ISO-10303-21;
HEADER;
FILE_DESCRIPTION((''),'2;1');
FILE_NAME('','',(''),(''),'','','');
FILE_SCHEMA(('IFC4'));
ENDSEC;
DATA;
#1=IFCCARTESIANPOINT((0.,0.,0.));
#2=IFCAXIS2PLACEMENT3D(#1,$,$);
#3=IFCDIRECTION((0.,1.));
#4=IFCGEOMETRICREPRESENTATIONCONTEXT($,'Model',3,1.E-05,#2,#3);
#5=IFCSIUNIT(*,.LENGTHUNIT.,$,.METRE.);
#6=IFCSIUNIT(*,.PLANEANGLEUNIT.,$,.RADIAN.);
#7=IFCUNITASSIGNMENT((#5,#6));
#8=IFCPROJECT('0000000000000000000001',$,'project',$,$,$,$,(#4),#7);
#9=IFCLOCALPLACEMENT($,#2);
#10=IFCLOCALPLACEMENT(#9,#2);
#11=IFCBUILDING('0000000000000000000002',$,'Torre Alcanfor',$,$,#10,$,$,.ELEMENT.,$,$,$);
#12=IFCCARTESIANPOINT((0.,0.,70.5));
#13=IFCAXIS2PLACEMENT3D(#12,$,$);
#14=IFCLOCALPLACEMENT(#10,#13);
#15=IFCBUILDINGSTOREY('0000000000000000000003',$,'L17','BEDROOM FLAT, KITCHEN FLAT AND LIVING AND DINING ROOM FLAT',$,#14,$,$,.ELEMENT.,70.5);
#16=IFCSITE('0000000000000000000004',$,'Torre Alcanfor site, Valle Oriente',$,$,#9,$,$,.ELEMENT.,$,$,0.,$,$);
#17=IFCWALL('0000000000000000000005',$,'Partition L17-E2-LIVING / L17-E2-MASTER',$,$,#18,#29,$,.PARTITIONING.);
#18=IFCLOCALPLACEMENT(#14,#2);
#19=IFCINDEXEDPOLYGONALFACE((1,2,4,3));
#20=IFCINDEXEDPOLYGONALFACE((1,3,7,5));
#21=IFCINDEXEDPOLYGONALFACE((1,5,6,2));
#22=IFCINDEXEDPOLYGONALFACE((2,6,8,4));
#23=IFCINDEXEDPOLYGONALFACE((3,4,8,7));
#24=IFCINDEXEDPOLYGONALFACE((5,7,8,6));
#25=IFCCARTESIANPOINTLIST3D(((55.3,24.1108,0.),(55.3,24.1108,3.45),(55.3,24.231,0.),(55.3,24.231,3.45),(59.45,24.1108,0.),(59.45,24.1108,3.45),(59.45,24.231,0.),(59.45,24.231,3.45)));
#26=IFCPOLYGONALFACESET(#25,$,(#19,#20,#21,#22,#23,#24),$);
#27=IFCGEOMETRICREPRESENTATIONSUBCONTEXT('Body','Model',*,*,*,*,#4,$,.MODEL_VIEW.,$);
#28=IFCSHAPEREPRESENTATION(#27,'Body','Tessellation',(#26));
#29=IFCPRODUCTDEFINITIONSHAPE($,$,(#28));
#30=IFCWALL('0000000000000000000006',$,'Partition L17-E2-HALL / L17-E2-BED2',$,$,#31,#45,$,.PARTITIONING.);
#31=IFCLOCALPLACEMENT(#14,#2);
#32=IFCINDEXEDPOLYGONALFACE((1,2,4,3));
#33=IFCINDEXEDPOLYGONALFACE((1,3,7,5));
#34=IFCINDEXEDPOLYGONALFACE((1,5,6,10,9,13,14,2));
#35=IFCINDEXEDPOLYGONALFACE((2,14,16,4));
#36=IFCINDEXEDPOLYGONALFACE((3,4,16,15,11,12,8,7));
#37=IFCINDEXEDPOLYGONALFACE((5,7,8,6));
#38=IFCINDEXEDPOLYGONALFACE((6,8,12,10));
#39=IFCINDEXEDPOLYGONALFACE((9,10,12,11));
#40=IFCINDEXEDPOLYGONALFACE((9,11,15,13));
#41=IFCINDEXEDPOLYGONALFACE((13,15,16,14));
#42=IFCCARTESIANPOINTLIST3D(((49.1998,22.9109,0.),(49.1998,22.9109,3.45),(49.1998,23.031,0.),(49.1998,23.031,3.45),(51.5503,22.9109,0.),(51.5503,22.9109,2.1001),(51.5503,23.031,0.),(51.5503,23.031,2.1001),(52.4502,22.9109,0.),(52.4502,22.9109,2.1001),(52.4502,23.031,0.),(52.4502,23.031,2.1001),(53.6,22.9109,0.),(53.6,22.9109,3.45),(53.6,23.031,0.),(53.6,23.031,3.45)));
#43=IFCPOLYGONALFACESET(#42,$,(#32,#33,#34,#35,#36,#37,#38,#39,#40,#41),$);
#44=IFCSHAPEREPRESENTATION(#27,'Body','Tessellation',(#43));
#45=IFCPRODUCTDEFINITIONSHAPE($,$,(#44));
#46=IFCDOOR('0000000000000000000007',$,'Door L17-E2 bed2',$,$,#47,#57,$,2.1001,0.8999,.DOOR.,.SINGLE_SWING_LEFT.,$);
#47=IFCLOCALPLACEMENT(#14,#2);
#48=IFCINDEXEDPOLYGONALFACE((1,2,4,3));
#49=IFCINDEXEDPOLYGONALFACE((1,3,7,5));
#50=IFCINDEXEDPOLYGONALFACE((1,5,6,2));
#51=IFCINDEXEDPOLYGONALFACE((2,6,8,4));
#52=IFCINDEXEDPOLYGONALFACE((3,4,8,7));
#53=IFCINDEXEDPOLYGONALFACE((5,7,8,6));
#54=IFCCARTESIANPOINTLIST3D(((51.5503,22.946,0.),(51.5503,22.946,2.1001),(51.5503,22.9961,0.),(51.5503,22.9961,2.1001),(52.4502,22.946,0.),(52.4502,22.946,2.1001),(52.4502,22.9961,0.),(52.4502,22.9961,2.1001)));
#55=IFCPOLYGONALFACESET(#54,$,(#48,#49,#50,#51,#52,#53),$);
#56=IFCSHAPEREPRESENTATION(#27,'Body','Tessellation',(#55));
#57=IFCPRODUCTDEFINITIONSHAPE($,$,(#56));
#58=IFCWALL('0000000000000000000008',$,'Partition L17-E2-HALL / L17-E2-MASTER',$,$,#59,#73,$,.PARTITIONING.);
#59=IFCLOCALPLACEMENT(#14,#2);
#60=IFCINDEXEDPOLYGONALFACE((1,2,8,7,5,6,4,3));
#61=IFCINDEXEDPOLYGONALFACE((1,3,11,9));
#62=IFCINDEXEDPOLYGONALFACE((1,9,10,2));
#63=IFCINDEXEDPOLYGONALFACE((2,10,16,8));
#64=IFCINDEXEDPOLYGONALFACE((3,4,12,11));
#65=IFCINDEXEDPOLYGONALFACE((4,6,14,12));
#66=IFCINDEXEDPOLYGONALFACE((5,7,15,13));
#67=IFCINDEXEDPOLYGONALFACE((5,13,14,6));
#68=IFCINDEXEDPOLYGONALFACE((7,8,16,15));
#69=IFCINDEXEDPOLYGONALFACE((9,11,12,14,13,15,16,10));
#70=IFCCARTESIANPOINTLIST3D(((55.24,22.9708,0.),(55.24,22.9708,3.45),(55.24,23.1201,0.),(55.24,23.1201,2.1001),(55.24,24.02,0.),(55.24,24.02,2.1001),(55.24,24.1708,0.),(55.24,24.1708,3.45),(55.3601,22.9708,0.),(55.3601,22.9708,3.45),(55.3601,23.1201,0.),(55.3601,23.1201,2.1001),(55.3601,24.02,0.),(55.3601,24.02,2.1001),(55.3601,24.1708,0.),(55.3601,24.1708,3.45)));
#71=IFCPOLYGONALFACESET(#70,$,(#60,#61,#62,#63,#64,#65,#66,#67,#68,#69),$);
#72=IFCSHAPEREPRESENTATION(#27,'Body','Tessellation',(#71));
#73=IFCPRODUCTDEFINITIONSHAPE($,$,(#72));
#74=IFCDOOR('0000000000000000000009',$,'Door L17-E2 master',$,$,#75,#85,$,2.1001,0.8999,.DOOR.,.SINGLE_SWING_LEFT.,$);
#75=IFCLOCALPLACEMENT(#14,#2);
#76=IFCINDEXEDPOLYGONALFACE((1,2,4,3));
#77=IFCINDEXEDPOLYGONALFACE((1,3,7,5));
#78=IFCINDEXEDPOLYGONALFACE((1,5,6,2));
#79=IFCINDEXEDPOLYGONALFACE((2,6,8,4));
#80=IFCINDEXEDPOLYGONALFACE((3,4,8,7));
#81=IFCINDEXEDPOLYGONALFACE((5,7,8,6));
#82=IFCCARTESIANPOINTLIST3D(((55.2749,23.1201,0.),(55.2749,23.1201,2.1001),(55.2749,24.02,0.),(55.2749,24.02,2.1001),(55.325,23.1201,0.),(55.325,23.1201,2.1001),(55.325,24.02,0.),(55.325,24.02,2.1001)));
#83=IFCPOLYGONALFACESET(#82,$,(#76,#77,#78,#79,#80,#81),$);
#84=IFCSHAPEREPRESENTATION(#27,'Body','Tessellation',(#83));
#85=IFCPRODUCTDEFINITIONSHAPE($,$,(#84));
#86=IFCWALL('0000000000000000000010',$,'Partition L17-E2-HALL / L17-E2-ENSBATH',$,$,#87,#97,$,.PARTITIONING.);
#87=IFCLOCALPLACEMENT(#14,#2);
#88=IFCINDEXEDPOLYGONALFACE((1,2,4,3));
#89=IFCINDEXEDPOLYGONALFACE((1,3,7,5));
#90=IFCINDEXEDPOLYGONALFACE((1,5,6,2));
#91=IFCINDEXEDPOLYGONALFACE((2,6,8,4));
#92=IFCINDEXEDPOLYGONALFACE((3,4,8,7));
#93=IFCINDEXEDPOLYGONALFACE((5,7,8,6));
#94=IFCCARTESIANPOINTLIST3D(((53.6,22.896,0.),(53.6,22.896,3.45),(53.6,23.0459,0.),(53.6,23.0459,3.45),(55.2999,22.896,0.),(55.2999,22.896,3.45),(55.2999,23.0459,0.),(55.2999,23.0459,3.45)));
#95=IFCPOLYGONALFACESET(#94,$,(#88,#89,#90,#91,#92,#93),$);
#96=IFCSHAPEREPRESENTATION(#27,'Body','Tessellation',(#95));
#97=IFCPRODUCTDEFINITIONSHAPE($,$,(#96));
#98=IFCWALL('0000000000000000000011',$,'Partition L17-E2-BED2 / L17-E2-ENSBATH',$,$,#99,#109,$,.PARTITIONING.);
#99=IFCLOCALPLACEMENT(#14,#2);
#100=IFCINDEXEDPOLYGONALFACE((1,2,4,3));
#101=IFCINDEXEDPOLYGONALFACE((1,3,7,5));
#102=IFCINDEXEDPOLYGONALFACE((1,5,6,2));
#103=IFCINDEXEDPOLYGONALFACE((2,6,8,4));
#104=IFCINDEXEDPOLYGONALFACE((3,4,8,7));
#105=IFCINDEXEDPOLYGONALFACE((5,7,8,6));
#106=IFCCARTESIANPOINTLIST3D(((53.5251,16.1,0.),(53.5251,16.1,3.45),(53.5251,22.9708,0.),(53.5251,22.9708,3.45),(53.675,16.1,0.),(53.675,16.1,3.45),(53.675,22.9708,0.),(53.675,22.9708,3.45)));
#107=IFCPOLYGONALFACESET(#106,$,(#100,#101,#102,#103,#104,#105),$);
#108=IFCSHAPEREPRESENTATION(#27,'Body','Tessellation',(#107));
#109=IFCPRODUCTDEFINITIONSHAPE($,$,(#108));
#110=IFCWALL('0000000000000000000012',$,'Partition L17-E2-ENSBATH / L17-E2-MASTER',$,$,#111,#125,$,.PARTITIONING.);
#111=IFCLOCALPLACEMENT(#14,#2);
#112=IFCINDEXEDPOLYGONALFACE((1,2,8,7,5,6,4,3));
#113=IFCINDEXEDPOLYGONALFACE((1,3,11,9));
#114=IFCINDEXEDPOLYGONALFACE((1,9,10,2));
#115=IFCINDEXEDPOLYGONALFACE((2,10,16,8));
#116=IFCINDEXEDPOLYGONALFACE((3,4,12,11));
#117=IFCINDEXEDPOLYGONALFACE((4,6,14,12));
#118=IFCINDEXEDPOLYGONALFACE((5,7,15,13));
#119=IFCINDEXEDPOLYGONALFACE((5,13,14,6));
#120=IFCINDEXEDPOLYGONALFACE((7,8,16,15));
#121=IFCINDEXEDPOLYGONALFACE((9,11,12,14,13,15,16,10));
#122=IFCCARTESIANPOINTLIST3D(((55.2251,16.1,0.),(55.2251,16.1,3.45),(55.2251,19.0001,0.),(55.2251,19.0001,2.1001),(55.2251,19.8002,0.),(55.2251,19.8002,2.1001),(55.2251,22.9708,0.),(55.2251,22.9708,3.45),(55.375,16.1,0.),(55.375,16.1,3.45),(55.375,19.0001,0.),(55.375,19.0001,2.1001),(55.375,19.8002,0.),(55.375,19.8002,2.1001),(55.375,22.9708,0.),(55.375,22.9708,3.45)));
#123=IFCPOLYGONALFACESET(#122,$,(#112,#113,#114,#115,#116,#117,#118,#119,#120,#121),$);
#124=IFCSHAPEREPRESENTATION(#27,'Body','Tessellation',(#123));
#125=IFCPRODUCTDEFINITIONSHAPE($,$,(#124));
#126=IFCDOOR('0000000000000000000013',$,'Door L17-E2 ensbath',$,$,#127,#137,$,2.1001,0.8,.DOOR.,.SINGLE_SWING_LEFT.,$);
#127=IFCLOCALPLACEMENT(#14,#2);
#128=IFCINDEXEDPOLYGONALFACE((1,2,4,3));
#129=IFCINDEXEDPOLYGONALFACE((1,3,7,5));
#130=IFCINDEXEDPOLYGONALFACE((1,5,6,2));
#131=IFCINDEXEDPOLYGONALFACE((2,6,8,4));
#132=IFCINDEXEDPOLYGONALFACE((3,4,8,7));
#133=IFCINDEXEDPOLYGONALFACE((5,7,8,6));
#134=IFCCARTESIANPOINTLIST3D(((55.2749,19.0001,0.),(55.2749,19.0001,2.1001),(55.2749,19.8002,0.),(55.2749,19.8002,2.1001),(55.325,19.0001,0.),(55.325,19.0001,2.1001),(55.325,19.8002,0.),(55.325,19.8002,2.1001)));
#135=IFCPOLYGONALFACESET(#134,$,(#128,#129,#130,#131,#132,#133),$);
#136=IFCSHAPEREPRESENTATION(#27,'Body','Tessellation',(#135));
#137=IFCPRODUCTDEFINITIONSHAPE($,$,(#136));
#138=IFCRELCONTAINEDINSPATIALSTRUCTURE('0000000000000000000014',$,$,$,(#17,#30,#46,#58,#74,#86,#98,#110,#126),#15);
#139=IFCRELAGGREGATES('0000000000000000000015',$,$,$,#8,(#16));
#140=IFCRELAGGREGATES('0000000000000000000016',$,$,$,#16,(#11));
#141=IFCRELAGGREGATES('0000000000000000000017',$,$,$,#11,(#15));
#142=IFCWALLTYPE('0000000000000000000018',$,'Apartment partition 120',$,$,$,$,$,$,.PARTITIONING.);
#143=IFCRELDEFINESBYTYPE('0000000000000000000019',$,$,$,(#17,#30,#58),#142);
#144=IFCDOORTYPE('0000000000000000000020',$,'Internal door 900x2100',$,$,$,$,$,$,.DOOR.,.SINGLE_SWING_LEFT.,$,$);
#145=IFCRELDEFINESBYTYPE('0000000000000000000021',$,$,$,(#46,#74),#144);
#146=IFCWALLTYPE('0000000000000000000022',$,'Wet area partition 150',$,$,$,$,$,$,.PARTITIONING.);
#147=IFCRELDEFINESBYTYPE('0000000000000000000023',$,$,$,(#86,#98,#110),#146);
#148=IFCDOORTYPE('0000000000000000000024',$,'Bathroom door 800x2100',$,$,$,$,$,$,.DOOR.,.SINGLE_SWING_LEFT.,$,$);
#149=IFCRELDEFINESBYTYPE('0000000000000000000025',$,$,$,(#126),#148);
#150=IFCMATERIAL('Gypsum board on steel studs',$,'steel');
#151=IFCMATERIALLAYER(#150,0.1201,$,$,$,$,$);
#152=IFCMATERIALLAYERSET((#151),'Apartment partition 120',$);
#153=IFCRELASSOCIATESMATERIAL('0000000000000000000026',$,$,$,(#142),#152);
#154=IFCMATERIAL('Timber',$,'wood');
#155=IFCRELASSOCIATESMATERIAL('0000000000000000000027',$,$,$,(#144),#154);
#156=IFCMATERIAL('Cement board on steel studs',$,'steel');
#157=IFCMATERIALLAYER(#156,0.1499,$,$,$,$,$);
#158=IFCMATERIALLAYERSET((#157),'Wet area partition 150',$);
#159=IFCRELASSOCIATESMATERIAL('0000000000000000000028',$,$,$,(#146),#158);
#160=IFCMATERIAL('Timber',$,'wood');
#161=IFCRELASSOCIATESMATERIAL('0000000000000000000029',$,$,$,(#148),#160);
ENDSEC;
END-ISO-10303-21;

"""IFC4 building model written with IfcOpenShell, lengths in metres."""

from ifc_helpers import new_model, si_unit, direction, frame, frame_2d, origin, place, context, subcontext, project, spatial, rectangle, extrude, material, layer, layer_set, type_object, element, fill, save


model = new_model("IFC4")

# Units and contexts
model_context = context("Model", 3, precision=1e-05, world=origin(), true_north=direction((0.0, 1.0)))
body_context = subcontext(model_context, "Body", "Model", "MODEL_VIEW")
ifc_project = project(units=[si_unit("LENGTHUNIT", "METRE"), si_unit("PLANEANGLEUNIT", "RADIAN")], contexts=[model_context])

# Site, building, storey
site_placement = place(None, origin())
site = spatial("IfcSite", under=ifc_project, at=site_placement, Name="Torre Alcanfor site, Valle Oriente", CompositionType="ELEMENT", RefElevation=0.0)
building_placement = place(site_placement, origin())
building = spatial("IfcBuilding", under=site, at=building_placement, Name="Torre Alcanfor", CompositionType="ELEMENT")
storey_placement = place(building_placement, frame((0.0, 0.0, 70.5)))
storey = spatial("IfcBuildingStorey", under=building, at=storey_placement, Name="L17", Description="BEDROOM FLAT, KITCHEN FLAT AND LIVING AND DINING ROOM FLAT", CompositionType="ELEMENT", Elevation=70.5)

# Shared definitions
ifc_material_1 = material(Name="Gypsum board on steel studs", Category="steel")
ifc_layer_1 = layer(ifc_material_1, 0.1201)
ifc_layer_set_1 = layer_set([ifc_layer_1], Name="Apartment partition 120")
wall_type_1 = type_object("IfcWallType", Name="Apartment partition 120", PredefinedType="PARTITIONING", material=ifc_layer_set_1)

# Shared definitions
ifc_material_2 = material(Name="Timber", Category="wood")
door_type_1 = type_object("IfcDoorType", Name="Internal door 900x2100", OperationType="SINGLE_SWING_LEFT", PredefinedType="DOOR", material=ifc_material_2)

# Wall
wall_1_placement = place(storey_placement, frame((59.45, 24.1709, 0.0), z_axis=(0.0, 0.0, 1.0), x_axis=(-1.0, 0.0, 0.0)))
element("IfcWall", 1, at=wall_1_placement, inside=storey, type_object=wall_type_1, Name="Partition L17-E2-LIVING / L17-E2-MASTER", PredefinedType="PARTITIONING", context=body_context, shape_type="SweptSolid", body=[
    extrude(rectangle(XDim=4.1499, YDim=0.1201, at=frame_2d((2.075, 0.0))), origin(), (0.0, 0.0, 1.0), 3.45),
])

# Walls, openings, doors
wall_2_placement = place(storey_placement, frame((53.6001, 22.9709, 0.0), z_axis=(0.0, 0.0, 1.0), x_axis=(-1.0, 0.0, 0.0)))
wall_2 = element("IfcWall", 2, at=wall_2_placement, inside=storey, type_object=wall_type_1, Name="Partition L17-E2-HALL / L17-E2-BED2", PredefinedType="PARTITIONING", context=body_context, shape_type="SweptSolid", body=[
    extrude(rectangle(XDim=4.4001, YDim=0.1201, at=frame_2d((2.2002, 0.0))), origin(), (0.0, 0.0, 1.0), 3.45),
])
opening_1_placement = place(wall_2_placement, frame((1.1499, 0.0, 0.0)))
opening_1 = element("IfcOpeningElement", 3, at=opening_1_placement, cuts=wall_2, PredefinedType="OPENING", context=body_context, shape_type="SweptSolid", body=[
    extrude(rectangle(XDim=0.8999, YDim=2.1001, at=frame_2d((0.45, 1.05))), frame((0.0, 0.0701, 0.0), z_axis=(0.0, -1.0, 0.0), x_axis=(1.0, 0.0, 0.0)), (0.0, 0.0, 1.0), 0.1401),
])
door_1_placement = place(opening_1_placement, origin())
door_1 = element("IfcDoor", 4, at=door_1_placement, inside=storey, type_object=door_type_1, Name="Door L17-E2 bed2", OperationType="SINGLE_SWING_LEFT", OverallHeight=2.1001, OverallWidth=0.8999, PredefinedType="DOOR", context=body_context, shape_type="SweptSolid", body=[
    extrude(rectangle(XDim=0.8999, YDim=2.1001, at=frame_2d((0.45, 1.05))), frame((0.0, 0.0249, 0.0), z_axis=(0.0, -1.0, 0.0), x_axis=(1.0, 0.0, 0.0)), (0.0, 0.0, 1.0), 0.05),
])
fill(opening_1, door_1)
wall_3_placement = place(storey_placement, frame((55.3, 24.1709, 0.0), z_axis=(0.0, 0.0, 1.0), x_axis=(0.0, -1.0, 0.0)))
wall_3 = element("IfcWall", 5, at=wall_3_placement, inside=storey, type_object=wall_type_1, Name="Partition L17-E2-HALL / L17-E2-MASTER", PredefinedType="PARTITIONING", context=body_context, shape_type="SweptSolid", body=[
    extrude(rectangle(XDim=1.2, YDim=0.1201, at=frame_2d((0.6001, 0.0))), origin(), (0.0, 0.0, 1.0), 3.45),
])
opening_2_placement = place(wall_3_placement, frame((0.1509, 0.0, 0.0)))
opening_2 = element("IfcOpeningElement", 6, at=opening_2_placement, cuts=wall_3, PredefinedType="OPENING", context=body_context, shape_type="SweptSolid", body=[
    extrude(rectangle(XDim=0.8999, YDim=2.1001, at=frame_2d((0.45, 1.05))), frame((0.0, 0.0701, 0.0), z_axis=(0.0, -1.0, 0.0), x_axis=(1.0, 0.0, 0.0)), (0.0, 0.0, 1.0), 0.1401),
])
door_2_placement = place(opening_2_placement, origin())
door_2 = element("IfcDoor", 7, at=door_2_placement, inside=storey, type_object=door_type_1, Name="Door L17-E2 master", OperationType="SINGLE_SWING_LEFT", OverallHeight=2.1001, OverallWidth=0.8999, PredefinedType="DOOR", context=body_context, shape_type="SweptSolid", body=[
    extrude(rectangle(XDim=0.8999, YDim=2.1001, at=frame_2d((0.45, 1.05))), frame((0.0, 0.0249, 0.0), z_axis=(0.0, -1.0, 0.0), x_axis=(1.0, 0.0, 0.0)), (0.0, 0.0, 1.0), 0.05),
])
fill(opening_2, door_2)

# Walls
ifc_material_3 = material(Name="Cement board on steel studs", Category="steel")
ifc_layer_2 = layer(ifc_material_3, 0.1499)
ifc_layer_set_2 = layer_set([ifc_layer_2], Name="Wet area partition 150")
wall_type_2 = type_object("IfcWallType", Name="Wet area partition 150", PredefinedType="PARTITIONING", material=ifc_layer_set_2)
wall_4_placement = place(storey_placement, frame((55.3, 22.9709, 0.0), z_axis=(0.0, 0.0, 1.0), x_axis=(-1.0, 0.0, 0.0)))
element("IfcWall", 8, at=wall_4_placement, inside=storey, type_object=wall_type_2, Name="Partition L17-E2-HALL / L17-E2-ENSBATH", PredefinedType="PARTITIONING", context=body_context, shape_type="SweptSolid", body=[
    extrude(rectangle(XDim=1.7, YDim=0.1499, at=frame_2d((0.8501, 0.0))), origin(), (0.0, 0.0, 1.0), 3.45),
])
wall_5_placement = place(storey_placement, frame((53.6001, 22.9709, 0.0), z_axis=(0.0, 0.0, 1.0), x_axis=(0.0, -1.0, 0.0)))
element("IfcWall", 9, at=wall_5_placement, inside=storey, type_object=wall_type_2, Name="Partition L17-E2-BED2 / L17-E2-ENSBATH", PredefinedType="PARTITIONING", context=body_context, shape_type="SweptSolid", body=[
    extrude(rectangle(XDim=6.8708, YDim=0.1499, at=frame_2d((3.4355, 0.0))), origin(), (0.0, 0.0, 1.0), 3.45),
])

# Wall, opening, door
wall_6_placement = place(storey_placement, frame((55.3, 22.9709, 0.0), z_axis=(0.0, 0.0, 1.0), x_axis=(0.0, -1.0, 0.0)))
wall_6 = element("IfcWall", 10, at=wall_6_placement, inside=storey, type_object=wall_type_2, Name="Partition L17-E2-ENSBATH / L17-E2-MASTER", PredefinedType="PARTITIONING", context=body_context, shape_type="SweptSolid", body=[
    extrude(rectangle(XDim=6.8708, YDim=0.1499, at=frame_2d((3.4355, 0.0))), origin(), (0.0, 0.0, 1.0), 3.45),
])
opening_3_placement = place(wall_6_placement, frame((3.1709, 0.0, 0.0)))
opening_3 = element("IfcOpeningElement", 11, at=opening_3_placement, cuts=wall_6, PredefinedType="OPENING", context=body_context, shape_type="SweptSolid", body=[
    extrude(rectangle(XDim=0.8, YDim=2.1001, at=frame_2d((0.3999, 1.05))), frame((0.0, 0.085, 0.0), z_axis=(0.0, -1.0, 0.0), x_axis=(1.0, 0.0, 0.0)), (0.0, 0.0, 1.0), 0.1699),
])
ifc_material_4 = material(Name="Timber", Category="wood")
door_type_2 = type_object("IfcDoorType", Name="Bathroom door 800x2100", OperationType="SINGLE_SWING_LEFT", PredefinedType="DOOR", material=ifc_material_4)
door_3_placement = place(opening_3_placement, frame((0.8, 0.0, 0.0), z_axis=(0.0, 0.0, 1.0), x_axis=(-1.0, 0.0, 0.0)))
door_3 = element("IfcDoor", 12, at=door_3_placement, inside=storey, type_object=door_type_2, Name="Door L17-E2 ensbath", OperationType="SINGLE_SWING_LEFT", OverallHeight=2.1001, OverallWidth=0.8, PredefinedType="DOOR", context=body_context, shape_type="SweptSolid", body=[
    extrude(rectangle(XDim=0.8, YDim=2.1001, at=frame_2d((0.4001, 1.05))), frame((0.0, 0.0251, 0.0), z_axis=(0.0, -1.0, 0.0), x_axis=(1.0, 0.0, 0.0)), (0.0, 0.0, 1.0), 0.05),
])
fill(opening_3, door_3)

save(model, "model.ifc")
